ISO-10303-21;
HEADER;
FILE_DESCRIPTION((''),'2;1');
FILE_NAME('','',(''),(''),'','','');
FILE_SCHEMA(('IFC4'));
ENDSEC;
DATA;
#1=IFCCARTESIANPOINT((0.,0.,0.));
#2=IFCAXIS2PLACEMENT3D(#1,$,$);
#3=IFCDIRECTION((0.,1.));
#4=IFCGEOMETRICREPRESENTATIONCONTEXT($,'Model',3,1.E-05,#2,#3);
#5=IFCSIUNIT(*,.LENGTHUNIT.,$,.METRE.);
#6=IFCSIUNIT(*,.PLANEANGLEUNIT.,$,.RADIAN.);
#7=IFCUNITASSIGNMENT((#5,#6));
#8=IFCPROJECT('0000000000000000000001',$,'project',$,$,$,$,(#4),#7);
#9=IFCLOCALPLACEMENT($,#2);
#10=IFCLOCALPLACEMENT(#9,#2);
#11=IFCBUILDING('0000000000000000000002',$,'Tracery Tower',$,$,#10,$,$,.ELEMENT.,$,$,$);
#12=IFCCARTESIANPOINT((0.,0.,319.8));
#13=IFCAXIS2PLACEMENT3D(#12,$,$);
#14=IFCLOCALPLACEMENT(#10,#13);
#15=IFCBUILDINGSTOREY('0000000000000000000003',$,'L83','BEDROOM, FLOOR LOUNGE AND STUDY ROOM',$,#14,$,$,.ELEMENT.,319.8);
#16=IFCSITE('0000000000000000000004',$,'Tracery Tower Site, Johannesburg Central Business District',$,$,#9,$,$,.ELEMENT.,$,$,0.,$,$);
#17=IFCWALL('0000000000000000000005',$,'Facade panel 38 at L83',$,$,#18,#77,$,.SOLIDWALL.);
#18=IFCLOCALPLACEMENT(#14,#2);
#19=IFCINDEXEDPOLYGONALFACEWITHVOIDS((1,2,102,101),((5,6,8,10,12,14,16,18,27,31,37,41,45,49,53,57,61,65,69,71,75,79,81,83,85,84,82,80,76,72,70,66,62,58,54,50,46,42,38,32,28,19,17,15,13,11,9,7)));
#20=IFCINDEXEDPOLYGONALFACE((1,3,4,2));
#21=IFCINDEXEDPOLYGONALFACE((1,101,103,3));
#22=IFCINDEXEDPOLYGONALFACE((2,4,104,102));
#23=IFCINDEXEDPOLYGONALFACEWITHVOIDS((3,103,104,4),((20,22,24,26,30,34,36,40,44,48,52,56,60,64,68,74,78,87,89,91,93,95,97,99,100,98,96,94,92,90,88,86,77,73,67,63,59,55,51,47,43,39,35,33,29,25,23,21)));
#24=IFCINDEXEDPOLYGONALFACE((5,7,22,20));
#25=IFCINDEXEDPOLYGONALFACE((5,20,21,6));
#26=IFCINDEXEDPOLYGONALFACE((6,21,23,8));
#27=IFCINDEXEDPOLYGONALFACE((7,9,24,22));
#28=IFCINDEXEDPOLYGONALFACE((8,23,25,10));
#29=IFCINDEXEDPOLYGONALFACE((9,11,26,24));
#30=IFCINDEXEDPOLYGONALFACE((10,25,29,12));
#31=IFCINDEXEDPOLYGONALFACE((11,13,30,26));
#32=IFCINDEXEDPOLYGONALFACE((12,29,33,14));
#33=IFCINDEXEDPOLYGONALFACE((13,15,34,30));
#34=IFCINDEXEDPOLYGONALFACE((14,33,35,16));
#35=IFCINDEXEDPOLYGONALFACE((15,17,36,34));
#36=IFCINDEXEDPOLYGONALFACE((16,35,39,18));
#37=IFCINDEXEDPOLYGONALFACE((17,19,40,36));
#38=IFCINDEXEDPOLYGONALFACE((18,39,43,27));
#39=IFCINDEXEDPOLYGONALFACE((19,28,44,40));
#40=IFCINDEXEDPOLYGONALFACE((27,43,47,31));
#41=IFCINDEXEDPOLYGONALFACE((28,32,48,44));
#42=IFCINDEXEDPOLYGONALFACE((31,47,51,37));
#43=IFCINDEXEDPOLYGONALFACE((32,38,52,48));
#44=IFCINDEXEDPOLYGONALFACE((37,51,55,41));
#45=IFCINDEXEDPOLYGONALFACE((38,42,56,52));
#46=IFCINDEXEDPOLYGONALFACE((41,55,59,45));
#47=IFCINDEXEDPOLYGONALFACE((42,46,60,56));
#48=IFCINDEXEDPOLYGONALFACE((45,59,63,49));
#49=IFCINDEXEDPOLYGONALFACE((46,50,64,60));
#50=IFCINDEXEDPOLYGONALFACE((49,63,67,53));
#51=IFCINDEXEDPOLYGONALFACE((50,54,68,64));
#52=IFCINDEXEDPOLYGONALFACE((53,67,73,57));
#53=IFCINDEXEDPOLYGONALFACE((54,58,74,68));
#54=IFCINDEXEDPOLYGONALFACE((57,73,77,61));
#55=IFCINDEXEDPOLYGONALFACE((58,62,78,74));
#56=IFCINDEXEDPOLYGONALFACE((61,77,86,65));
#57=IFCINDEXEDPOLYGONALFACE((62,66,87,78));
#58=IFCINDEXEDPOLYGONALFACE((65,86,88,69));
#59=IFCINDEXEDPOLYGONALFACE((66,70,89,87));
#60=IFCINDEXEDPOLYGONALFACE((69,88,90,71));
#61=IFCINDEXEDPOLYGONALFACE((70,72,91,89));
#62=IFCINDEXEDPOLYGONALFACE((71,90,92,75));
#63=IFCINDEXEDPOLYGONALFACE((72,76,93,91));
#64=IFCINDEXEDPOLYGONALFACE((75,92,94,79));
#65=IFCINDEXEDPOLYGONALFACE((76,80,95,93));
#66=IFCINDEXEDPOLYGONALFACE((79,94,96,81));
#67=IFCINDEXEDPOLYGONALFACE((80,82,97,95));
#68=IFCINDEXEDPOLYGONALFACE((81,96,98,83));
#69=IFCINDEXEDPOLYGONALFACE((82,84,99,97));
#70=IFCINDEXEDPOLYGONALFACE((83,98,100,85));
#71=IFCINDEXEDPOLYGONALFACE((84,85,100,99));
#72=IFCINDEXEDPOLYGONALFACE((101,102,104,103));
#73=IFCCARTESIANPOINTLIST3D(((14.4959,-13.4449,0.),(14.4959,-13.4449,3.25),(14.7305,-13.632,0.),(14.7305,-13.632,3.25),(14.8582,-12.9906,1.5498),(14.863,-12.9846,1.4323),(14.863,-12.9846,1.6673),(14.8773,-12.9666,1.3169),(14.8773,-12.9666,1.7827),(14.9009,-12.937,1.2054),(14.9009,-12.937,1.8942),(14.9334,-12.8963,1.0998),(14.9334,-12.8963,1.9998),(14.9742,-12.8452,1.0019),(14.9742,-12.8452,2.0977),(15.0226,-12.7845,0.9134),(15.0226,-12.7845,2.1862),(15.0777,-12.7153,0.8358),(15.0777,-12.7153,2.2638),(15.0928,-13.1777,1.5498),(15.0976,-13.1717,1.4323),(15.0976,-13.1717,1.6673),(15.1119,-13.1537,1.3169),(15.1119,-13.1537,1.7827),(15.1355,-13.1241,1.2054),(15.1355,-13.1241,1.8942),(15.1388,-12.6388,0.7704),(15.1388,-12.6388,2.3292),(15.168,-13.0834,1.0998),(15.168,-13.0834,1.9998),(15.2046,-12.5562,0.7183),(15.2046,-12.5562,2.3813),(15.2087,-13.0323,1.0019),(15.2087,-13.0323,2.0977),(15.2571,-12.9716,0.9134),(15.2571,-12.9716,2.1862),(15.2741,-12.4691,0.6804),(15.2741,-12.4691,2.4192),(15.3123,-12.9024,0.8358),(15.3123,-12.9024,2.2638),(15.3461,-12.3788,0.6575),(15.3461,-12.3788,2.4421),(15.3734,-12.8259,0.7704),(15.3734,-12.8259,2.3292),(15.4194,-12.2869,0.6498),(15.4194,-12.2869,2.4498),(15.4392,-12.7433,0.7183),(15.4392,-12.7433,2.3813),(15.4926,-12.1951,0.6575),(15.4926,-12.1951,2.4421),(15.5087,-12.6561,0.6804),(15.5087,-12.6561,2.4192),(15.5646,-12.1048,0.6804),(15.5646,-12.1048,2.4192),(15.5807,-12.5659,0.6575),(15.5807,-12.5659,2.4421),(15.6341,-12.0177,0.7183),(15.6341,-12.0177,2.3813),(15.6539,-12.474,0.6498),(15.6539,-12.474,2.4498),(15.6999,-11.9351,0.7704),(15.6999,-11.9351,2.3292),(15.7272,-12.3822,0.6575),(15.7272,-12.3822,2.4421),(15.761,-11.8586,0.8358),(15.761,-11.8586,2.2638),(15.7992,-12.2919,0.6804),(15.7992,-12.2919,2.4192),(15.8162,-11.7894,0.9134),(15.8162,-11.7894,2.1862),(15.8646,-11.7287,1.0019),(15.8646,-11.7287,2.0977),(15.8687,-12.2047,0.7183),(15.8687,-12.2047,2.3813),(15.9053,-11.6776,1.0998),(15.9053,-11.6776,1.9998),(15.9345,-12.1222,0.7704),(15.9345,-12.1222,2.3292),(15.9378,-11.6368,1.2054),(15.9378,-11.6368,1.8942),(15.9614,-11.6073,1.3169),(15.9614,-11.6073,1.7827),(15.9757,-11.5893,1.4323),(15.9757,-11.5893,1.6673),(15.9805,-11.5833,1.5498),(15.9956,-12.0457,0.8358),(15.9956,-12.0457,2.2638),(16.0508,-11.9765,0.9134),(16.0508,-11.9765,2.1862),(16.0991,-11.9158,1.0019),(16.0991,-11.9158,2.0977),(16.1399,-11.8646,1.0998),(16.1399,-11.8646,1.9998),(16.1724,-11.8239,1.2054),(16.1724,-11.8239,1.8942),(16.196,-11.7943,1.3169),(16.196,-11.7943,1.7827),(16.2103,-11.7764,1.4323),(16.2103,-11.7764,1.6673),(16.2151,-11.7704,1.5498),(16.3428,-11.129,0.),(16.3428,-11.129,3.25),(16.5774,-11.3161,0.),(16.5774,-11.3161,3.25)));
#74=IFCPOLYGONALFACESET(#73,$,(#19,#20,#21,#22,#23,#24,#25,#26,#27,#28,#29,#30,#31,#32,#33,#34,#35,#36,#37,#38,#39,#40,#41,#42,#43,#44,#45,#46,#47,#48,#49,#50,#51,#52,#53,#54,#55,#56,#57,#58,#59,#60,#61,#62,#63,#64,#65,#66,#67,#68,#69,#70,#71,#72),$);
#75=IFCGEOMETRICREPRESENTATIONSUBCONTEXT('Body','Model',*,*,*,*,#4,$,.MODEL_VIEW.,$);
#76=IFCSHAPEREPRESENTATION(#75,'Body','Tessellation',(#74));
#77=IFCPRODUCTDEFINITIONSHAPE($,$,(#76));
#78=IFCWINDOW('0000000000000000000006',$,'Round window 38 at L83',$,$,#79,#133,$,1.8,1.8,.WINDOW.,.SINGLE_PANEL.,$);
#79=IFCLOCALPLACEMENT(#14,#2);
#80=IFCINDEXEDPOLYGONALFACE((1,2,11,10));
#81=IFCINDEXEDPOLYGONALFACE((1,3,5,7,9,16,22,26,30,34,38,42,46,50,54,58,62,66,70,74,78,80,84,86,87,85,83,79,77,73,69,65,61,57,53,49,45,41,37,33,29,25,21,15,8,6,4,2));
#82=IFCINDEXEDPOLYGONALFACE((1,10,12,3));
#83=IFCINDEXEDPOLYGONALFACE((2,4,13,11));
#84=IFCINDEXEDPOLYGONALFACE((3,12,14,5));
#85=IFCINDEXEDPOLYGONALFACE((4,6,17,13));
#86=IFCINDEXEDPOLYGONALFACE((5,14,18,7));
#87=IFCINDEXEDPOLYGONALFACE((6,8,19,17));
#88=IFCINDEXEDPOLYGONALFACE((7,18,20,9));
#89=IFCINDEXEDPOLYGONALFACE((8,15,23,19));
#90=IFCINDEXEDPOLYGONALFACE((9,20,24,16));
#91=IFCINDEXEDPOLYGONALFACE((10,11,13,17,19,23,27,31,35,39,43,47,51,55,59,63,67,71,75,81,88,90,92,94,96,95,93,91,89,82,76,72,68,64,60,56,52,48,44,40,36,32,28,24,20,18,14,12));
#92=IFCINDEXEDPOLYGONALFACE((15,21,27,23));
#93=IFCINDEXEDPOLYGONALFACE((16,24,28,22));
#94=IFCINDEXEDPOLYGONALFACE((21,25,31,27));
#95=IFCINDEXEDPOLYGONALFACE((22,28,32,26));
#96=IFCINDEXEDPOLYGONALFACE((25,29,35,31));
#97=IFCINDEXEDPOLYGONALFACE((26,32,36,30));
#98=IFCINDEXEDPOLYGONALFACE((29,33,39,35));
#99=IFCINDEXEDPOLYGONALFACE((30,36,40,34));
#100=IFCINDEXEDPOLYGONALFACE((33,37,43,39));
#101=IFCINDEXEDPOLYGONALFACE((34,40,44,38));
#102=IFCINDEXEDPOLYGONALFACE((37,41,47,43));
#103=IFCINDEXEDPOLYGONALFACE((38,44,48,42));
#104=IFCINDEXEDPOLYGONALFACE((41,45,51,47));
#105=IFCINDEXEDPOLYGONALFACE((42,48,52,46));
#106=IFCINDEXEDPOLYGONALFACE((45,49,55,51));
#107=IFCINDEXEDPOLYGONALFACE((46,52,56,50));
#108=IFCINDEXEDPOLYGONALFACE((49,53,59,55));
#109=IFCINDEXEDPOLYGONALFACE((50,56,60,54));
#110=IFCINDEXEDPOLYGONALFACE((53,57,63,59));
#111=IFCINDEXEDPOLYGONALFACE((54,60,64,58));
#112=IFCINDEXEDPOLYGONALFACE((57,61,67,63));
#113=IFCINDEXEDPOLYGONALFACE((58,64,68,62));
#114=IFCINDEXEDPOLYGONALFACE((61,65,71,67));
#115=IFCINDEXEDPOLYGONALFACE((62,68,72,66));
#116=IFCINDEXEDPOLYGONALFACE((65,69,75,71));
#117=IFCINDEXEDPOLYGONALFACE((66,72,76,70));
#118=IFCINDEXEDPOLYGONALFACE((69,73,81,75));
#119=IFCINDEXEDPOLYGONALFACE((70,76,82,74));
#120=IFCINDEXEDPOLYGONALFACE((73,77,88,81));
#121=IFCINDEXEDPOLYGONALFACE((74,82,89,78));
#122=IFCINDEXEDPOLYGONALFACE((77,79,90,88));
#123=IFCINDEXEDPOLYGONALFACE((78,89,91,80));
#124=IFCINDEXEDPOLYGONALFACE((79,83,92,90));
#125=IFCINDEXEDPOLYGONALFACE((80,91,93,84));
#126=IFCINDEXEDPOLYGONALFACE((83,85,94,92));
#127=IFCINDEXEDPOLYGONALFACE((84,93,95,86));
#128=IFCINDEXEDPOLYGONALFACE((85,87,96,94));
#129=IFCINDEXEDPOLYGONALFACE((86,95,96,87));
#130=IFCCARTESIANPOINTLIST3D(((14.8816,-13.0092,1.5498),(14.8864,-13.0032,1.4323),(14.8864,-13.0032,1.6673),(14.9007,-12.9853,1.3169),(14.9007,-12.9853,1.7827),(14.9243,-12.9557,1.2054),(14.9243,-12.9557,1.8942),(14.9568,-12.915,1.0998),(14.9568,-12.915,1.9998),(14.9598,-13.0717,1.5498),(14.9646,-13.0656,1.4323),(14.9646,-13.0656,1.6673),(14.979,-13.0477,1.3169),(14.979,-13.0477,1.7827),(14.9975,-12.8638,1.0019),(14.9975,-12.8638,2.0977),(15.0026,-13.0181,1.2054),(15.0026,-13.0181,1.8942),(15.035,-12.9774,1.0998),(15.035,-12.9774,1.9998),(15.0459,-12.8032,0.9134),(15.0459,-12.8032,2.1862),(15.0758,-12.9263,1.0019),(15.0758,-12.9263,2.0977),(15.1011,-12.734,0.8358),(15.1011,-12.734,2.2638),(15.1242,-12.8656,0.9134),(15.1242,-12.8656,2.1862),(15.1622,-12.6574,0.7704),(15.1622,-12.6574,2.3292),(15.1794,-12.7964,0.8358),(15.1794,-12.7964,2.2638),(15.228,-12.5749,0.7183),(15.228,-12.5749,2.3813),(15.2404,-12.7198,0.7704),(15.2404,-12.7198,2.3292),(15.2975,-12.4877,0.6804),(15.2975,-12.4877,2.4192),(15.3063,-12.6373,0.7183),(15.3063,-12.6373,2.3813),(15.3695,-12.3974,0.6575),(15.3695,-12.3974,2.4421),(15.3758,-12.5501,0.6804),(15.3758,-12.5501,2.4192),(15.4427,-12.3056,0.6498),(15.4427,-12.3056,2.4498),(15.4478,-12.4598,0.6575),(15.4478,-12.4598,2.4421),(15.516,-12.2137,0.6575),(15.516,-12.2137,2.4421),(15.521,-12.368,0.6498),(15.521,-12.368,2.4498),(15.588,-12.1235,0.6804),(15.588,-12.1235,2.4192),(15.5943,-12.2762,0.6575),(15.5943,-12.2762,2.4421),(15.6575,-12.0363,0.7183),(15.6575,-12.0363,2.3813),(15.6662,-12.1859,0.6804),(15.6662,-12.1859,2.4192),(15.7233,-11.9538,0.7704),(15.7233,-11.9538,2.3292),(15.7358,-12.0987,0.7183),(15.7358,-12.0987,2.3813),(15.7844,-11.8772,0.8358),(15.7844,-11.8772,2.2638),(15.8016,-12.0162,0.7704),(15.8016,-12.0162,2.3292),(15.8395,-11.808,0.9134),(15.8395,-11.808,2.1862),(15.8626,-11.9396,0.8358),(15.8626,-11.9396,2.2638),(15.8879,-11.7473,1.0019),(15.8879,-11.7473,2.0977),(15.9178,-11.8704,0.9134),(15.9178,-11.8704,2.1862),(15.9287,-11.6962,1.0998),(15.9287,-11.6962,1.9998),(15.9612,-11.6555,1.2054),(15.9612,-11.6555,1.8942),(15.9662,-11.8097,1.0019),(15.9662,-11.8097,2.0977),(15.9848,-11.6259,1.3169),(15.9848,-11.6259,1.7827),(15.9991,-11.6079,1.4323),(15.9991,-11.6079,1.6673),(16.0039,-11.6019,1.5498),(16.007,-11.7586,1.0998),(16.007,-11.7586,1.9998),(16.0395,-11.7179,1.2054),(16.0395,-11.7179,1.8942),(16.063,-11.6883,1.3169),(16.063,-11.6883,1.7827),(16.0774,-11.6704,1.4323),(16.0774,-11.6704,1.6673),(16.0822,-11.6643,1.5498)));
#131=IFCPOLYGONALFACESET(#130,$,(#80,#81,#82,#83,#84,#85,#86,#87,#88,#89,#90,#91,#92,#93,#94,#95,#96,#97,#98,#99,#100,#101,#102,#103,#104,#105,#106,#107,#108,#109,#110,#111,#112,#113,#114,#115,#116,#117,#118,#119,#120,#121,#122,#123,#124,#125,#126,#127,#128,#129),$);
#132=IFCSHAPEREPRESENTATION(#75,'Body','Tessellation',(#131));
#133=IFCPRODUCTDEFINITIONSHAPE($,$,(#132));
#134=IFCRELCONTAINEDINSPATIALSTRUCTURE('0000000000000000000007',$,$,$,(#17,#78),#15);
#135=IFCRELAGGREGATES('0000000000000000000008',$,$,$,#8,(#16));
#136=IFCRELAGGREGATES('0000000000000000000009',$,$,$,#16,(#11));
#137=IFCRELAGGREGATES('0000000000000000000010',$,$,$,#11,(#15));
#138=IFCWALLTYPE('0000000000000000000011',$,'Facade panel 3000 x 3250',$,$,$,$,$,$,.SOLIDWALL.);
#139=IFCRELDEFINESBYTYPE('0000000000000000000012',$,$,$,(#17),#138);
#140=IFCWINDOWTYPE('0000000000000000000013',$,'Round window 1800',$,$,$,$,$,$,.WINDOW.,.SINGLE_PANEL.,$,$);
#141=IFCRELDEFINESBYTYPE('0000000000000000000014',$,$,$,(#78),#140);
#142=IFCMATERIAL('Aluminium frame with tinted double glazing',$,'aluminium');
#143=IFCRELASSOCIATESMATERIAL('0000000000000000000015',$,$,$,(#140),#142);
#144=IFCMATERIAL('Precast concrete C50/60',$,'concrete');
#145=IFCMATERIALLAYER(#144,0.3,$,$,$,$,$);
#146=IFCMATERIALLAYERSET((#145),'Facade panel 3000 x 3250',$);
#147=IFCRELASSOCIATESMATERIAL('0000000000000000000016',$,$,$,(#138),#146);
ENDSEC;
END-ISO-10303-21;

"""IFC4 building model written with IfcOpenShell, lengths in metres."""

from ifc_helpers import new_model, si_unit, direction, frame, frame_2d, origin, origin_2d, place, context, subcontext, project, spatial, rectangle, circle, extrude, material, layer, layer_set, type_object, element, fill, save


model = new_model("IFC4")

# Units and contexts
model_context = context("Model", 3, precision=1e-05, world=origin(), true_north=direction((0.0, 1.0)))
body_context = subcontext(model_context, "Body", "Model", "MODEL_VIEW")
ifc_project = project(units=[si_unit("LENGTHUNIT", "METRE"), si_unit("PLANEANGLEUNIT", "RADIAN")], contexts=[model_context])

# Site, building, storey
site_placement = place(None, origin())
site = spatial("IfcSite", under=ifc_project, at=site_placement, Name="Tracery Tower Site, Johannesburg Central Business District", CompositionType="ELEMENT", RefElevation=0.0)
building_placement = place(site_placement, origin())
building = spatial("IfcBuilding", under=site, at=building_placement, Name="Tracery Tower", CompositionType="ELEMENT")
storey_placement = place(building_placement, frame((0.0, 0.0, 319.8)))
storey = spatial("IfcBuildingStorey", under=building, at=storey_placement, Name="L83", Description="BEDROOM, FLOOR LOUNGE AND STUDY ROOM", CompositionType="ELEMENT", Elevation=319.8)

# Wall, opening, window
ifc_material_1 = material(Name="Aluminium frame with tinted double glazing", Category="aluminium")
window_type = type_object("IfcWindowType", Name="Round window 1800", PartitioningType="SINGLE_PANEL", PredefinedType="WINDOW", material=ifc_material_1)
ifc_material_2 = material(Name="Precast concrete C50/60", Category="concrete")
ifc_layer_1 = layer(ifc_material_2, 0.3)
ifc_layer_set_1 = layer_set([ifc_layer_1], Name="Facade panel 3000 x 3250")
wall_type_1 = type_object("IfcWallType", Name="Facade panel 3000 x 3250", PredefinedType="SOLIDWALL", material=ifc_layer_set_1)
wall_1_placement = place(storey_placement, frame((14.6133, -13.5383, 0.0), z_axis=(0.0, 0.0, 1.0), x_axis=(0.623498, 0.781825, 0.0)))
wall_1 = element("IfcWall", 1, at=wall_1_placement, inside=storey, type_object=wall_type_1, Name="Facade panel 38 at L83", PredefinedType="SOLIDWALL", context=body_context, shape_type="SweptSolid", body=[
    extrude(rectangle(XDim=2.9622, YDim=0.3, at=frame_2d((1.481, 0.0))), origin(), (0.0, 0.0, 1.0), 3.25),
])
opening_1_placement = place(wall_1_placement, frame((1.481, 0.0, 1.5498)))
opening_1 = element("IfcOpeningElement", 2, at=opening_1_placement, cuts=wall_1, PredefinedType="OPENING", context=body_context, shape_type="SweptSolid", body=[
    extrude(circle(Radius=0.9, at=origin_2d()), frame((0.0, 0.1599, 0.0), z_axis=(0.0, -1.0, 0.0), x_axis=(1.0, 0.0, 0.0)), (0.0, 0.0, 1.0), 0.3201),
])
window_1_placement = place(opening_1_placement, origin())
window_1 = element("IfcWindow", 3, at=window_1_placement, inside=storey, type_object=window_type, Name="Round window 38 at L83", OverallHeight=1.8, OverallWidth=1.8, PartitioningType="SINGLE_PANEL", PredefinedType="WINDOW", context=body_context, shape_type="SweptSolid", body=[
    extrude(circle(Radius=0.9, at=origin_2d()), frame((0.0, 0.1201, 0.0), z_axis=(0.0, -1.0, 0.0), x_axis=(1.0, 0.0, 0.0)), (0.0, 0.0, 1.0), 0.1001),
])
fill(opening_1, window_1)

save(model, "model.ifc")
